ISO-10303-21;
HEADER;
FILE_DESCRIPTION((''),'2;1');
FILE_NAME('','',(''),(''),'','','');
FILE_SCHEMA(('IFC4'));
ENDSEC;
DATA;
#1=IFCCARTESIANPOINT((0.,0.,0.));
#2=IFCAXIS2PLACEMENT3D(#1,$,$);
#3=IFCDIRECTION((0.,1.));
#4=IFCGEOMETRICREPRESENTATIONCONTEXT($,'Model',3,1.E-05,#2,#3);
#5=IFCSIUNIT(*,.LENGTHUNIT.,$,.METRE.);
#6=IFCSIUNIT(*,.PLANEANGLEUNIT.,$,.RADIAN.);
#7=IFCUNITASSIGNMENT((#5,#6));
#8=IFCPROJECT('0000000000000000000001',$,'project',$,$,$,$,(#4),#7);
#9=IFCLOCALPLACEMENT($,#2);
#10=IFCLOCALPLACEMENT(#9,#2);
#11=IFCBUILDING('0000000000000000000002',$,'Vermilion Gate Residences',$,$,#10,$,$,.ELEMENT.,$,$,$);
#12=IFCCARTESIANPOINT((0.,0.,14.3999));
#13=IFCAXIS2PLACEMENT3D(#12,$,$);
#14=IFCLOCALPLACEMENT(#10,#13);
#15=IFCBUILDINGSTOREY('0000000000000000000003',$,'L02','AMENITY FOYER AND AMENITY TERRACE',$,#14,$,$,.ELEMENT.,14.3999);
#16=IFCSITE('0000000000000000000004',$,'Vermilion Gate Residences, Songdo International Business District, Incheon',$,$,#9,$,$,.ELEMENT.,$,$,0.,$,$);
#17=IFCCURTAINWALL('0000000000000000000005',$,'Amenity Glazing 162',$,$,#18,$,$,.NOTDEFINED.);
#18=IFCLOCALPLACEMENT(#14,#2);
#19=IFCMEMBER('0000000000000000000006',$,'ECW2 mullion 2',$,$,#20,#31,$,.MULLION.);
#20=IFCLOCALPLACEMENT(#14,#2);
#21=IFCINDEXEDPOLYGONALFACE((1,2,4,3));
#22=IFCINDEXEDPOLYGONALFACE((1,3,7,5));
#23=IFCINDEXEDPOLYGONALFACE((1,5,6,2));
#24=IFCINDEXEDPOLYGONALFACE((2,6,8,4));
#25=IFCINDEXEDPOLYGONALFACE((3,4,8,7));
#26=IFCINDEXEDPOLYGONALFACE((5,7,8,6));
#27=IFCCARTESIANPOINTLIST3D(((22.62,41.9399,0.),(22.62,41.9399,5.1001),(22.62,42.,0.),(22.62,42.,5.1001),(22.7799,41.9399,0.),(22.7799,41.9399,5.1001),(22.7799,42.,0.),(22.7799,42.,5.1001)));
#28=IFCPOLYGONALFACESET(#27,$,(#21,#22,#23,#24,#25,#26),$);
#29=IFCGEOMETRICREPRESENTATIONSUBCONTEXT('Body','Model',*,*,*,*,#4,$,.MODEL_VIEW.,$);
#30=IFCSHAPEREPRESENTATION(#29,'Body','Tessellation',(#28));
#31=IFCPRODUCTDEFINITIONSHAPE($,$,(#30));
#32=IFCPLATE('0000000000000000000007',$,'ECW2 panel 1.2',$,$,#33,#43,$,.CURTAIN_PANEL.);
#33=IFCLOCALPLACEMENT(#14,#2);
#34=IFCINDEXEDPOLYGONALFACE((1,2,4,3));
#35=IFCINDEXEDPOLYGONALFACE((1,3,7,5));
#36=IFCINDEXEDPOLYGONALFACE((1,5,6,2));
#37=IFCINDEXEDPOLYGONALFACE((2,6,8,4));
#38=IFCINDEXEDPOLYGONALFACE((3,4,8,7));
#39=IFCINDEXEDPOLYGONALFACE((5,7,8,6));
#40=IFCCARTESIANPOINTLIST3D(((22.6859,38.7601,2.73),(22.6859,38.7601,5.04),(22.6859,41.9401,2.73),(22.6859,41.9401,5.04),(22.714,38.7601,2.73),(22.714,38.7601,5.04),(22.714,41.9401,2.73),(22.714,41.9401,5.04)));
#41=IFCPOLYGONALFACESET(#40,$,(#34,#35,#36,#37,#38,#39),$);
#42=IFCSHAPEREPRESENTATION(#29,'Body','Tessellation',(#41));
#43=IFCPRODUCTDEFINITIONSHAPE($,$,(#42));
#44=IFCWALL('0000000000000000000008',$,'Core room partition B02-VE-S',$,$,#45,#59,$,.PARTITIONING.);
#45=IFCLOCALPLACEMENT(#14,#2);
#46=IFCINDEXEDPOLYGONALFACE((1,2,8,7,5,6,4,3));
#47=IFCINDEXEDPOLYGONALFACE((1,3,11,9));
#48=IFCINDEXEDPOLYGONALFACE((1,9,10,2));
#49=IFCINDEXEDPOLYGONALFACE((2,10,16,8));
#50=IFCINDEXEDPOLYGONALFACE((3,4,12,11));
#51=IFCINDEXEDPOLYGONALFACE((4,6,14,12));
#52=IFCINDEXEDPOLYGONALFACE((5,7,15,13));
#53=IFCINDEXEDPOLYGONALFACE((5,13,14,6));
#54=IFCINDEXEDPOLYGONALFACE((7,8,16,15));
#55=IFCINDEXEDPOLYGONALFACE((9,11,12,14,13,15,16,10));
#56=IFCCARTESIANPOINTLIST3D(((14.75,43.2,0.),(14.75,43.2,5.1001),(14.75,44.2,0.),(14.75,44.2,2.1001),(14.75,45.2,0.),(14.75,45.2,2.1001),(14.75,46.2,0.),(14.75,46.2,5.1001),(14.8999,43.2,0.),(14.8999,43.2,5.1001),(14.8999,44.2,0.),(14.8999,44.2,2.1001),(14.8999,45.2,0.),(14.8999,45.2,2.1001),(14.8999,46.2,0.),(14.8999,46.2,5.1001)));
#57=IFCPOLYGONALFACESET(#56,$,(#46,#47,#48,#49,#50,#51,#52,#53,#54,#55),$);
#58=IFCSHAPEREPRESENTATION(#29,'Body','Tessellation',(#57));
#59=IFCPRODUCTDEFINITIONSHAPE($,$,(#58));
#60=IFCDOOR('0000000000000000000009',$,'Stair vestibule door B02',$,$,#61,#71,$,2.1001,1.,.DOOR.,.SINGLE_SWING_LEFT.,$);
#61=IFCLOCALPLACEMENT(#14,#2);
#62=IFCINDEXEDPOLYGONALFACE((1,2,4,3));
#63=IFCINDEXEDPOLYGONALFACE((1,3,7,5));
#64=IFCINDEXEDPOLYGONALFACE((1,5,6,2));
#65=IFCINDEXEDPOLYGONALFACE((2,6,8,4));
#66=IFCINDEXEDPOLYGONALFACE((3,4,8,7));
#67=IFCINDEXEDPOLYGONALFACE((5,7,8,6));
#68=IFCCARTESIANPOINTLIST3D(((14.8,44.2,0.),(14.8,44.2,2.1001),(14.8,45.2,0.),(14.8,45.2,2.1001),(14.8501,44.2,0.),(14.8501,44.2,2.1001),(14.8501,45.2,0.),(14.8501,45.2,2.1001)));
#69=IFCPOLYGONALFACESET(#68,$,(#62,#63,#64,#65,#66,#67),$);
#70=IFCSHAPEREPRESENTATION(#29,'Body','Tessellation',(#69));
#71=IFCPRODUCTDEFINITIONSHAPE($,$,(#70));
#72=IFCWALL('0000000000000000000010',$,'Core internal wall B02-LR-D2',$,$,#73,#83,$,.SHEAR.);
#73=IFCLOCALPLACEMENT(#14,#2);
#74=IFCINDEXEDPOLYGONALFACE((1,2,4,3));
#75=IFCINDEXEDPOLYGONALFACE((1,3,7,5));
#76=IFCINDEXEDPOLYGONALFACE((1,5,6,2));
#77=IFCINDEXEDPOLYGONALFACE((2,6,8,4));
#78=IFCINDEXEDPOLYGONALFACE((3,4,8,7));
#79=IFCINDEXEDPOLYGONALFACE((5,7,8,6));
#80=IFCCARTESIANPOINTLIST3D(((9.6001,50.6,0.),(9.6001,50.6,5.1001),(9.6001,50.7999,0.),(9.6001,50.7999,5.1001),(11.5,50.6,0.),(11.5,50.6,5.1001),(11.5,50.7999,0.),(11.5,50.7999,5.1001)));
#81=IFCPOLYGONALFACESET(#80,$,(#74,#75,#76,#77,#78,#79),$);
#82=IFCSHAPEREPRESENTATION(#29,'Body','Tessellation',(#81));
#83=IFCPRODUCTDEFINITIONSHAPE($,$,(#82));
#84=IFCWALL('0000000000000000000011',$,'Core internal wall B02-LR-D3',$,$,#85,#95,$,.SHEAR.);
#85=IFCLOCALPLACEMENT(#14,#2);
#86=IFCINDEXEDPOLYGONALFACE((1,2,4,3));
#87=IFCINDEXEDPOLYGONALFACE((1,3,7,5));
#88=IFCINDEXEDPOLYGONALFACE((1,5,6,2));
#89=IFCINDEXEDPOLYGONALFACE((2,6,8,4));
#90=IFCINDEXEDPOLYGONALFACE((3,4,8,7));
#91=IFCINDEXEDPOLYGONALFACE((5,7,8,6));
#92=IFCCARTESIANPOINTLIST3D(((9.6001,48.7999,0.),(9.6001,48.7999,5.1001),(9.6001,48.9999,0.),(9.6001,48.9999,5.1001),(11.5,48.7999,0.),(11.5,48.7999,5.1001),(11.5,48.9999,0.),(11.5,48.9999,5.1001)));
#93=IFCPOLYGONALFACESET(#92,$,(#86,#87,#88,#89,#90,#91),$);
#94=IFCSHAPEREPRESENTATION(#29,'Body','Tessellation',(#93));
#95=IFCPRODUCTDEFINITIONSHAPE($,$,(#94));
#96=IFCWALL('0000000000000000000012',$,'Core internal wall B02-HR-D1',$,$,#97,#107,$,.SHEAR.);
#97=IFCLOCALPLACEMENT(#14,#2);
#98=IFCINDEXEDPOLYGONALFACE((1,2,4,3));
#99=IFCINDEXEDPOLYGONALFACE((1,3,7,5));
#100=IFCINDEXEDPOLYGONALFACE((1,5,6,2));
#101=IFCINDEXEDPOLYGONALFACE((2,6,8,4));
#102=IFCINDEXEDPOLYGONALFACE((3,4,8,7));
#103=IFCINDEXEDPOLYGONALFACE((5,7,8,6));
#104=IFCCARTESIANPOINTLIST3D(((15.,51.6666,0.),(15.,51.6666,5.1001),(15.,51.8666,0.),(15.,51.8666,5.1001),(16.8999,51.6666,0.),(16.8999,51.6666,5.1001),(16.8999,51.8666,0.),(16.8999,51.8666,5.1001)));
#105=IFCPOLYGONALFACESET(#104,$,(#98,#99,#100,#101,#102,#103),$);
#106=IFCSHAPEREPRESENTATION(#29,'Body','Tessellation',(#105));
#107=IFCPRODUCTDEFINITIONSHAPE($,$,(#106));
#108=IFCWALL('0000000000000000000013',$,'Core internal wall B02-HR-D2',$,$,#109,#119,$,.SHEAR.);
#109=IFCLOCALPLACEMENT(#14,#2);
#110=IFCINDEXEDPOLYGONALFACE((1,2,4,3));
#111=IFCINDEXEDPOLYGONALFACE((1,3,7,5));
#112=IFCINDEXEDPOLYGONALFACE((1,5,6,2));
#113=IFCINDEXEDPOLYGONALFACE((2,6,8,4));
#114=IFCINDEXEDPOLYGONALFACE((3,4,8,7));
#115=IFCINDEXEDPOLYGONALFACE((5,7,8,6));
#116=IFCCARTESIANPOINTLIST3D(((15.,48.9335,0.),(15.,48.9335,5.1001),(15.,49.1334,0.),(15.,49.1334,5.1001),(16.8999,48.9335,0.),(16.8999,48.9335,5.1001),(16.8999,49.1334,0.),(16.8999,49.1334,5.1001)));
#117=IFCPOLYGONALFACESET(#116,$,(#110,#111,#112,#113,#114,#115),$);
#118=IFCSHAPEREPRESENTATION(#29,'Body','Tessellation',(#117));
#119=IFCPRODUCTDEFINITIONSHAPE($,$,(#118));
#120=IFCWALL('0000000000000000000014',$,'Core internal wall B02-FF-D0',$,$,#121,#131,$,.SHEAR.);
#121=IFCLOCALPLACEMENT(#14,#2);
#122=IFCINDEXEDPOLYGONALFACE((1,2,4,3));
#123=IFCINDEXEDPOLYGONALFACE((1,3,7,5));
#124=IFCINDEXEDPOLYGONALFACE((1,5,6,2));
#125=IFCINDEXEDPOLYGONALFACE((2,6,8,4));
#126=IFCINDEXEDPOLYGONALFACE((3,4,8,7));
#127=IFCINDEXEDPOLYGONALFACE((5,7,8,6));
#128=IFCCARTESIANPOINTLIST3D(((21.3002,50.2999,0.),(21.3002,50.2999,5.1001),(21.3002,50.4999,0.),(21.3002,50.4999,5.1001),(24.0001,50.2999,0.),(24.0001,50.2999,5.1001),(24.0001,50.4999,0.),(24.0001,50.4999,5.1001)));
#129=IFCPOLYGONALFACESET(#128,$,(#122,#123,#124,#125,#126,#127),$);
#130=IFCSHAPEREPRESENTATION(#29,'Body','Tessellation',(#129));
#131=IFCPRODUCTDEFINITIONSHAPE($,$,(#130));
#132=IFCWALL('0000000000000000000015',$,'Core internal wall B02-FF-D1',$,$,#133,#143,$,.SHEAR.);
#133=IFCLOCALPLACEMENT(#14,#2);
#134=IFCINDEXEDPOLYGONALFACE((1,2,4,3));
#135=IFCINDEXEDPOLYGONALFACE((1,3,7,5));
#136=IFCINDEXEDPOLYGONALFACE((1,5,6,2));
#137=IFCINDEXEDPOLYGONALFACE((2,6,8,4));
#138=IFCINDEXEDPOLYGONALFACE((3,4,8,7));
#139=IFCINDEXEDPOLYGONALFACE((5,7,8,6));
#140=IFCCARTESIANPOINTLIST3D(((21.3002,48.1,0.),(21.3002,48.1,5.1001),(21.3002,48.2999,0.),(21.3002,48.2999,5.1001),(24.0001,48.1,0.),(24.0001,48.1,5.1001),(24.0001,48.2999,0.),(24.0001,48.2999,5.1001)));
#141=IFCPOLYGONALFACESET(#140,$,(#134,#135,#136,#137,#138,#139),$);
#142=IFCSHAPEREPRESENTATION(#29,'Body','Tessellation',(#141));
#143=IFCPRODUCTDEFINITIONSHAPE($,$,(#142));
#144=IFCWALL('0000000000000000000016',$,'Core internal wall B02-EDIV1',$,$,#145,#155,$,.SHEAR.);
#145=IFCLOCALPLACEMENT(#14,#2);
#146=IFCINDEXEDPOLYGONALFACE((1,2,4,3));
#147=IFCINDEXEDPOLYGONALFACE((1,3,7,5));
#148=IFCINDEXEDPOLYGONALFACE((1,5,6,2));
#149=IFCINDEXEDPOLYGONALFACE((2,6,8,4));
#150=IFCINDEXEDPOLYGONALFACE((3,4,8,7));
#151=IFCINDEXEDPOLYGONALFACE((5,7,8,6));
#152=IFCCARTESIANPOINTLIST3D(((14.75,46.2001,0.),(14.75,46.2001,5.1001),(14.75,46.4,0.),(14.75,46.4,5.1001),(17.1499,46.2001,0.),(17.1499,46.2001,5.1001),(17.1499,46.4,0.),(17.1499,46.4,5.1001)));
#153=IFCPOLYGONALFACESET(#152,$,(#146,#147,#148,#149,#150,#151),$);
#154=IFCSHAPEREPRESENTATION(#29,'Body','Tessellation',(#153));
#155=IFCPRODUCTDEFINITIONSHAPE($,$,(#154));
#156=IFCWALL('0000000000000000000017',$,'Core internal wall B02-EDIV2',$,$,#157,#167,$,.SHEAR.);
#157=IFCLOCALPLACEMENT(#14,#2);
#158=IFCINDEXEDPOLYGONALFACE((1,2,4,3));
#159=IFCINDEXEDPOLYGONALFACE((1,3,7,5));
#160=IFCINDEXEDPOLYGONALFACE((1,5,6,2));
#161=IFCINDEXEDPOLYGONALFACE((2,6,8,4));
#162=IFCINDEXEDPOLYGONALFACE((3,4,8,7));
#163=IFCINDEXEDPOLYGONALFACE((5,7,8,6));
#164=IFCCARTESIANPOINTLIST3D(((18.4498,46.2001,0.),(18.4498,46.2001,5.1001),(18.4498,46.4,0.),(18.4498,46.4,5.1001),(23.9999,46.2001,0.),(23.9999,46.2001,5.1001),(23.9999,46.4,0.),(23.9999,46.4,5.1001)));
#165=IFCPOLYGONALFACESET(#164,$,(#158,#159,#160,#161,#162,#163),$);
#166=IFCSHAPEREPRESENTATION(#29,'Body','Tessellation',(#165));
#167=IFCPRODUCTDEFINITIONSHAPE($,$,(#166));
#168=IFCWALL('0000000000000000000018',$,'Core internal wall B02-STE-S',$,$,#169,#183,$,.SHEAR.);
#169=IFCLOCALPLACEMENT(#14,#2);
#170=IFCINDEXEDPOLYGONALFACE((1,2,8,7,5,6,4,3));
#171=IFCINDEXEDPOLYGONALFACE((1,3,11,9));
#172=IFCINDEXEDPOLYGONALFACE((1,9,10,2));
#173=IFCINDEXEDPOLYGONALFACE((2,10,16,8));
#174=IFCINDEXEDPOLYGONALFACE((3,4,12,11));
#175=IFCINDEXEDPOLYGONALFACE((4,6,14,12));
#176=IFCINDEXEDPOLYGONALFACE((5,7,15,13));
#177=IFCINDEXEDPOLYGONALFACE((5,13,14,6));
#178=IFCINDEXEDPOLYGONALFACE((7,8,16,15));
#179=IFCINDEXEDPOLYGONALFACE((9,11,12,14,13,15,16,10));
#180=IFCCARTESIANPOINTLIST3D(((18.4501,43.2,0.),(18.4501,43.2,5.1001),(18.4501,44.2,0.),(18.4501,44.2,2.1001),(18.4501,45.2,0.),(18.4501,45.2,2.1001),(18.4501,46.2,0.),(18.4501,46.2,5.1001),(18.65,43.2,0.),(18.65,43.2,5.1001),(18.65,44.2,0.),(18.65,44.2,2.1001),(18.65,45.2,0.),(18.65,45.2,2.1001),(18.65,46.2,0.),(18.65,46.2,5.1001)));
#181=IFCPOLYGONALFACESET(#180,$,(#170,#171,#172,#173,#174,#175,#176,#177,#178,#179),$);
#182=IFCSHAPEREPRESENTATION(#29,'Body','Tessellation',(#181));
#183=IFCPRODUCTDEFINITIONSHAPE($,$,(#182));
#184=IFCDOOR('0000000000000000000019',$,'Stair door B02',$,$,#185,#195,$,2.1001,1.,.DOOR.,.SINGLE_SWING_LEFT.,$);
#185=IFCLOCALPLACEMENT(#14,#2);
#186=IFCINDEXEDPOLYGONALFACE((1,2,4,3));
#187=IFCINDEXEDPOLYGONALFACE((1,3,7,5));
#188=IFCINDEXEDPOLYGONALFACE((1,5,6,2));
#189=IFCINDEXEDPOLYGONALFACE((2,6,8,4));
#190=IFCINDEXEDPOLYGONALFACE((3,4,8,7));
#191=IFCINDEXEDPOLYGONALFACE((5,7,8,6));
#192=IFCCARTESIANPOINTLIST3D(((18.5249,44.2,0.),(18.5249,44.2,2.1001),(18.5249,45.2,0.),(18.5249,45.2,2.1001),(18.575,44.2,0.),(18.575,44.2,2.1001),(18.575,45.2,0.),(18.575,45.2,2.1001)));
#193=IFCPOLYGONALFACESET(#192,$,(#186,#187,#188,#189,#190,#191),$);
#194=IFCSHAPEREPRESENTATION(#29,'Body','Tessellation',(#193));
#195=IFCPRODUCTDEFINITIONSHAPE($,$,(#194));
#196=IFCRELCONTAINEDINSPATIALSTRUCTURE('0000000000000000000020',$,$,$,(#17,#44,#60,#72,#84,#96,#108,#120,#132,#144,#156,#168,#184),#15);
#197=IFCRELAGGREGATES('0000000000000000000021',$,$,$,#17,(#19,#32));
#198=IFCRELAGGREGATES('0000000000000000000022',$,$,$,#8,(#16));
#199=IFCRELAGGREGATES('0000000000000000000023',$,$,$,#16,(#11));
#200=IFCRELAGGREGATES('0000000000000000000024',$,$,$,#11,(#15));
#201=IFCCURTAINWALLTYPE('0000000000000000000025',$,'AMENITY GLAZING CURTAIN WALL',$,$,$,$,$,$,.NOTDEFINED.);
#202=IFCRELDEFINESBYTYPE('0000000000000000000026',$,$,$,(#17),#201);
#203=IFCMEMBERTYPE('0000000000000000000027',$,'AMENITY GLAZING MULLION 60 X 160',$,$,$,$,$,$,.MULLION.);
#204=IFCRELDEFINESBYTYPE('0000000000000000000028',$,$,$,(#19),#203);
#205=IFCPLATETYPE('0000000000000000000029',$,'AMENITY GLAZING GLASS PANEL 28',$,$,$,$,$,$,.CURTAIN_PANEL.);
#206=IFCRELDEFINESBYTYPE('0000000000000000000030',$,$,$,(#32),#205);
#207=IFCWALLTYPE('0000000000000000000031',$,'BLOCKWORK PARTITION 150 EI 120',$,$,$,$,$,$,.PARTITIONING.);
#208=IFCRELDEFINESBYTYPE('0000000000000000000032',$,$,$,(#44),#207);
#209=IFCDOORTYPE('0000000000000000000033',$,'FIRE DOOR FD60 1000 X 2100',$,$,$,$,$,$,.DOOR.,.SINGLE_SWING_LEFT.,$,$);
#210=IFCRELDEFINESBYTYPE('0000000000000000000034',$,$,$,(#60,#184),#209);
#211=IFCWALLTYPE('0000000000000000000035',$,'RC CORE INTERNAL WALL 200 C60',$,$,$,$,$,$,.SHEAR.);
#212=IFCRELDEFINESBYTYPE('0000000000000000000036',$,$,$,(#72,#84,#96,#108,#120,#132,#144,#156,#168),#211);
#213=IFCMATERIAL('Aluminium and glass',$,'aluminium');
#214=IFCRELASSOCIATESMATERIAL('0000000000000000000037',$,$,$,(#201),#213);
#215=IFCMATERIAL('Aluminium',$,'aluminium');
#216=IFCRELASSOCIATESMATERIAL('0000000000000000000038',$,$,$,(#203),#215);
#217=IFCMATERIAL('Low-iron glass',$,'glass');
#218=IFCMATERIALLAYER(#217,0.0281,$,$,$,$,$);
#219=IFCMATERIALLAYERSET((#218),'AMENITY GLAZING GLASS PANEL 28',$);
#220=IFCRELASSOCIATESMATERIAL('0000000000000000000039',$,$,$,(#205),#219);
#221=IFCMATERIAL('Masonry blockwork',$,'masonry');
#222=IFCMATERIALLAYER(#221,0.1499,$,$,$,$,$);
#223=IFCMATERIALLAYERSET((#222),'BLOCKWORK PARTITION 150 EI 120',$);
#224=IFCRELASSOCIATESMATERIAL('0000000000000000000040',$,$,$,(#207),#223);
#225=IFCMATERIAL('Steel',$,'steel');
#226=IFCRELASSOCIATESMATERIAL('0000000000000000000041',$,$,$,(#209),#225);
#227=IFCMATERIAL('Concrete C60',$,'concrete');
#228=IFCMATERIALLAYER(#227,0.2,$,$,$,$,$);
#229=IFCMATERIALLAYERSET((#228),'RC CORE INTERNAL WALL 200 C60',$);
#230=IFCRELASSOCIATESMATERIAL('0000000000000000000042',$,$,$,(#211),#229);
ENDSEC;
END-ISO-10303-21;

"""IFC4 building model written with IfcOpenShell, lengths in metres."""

from ifc_helpers import new_model, si_unit, direction, frame, frame_2d, origin, origin_2d, place, context, subcontext, project, spatial, rectangle, extrude, material, layer, layer_set, material_profile, profile_set, type_object, element, fill, aggregate, save


model = new_model("IFC4")

# Units and contexts
model_context = context("Model", 3, precision=1e-05, world=origin(), true_north=direction((0.0, 1.0)))
body_context = subcontext(model_context, "Body", "Model", "MODEL_VIEW")
ifc_project = project(units=[si_unit("LENGTHUNIT", "METRE"), si_unit("PLANEANGLEUNIT", "RADIAN")], contexts=[model_context])

# Site, building, storey
site_placement = place(None, origin())
site = spatial("IfcSite", under=ifc_project, at=site_placement, Name="Vermilion Gate Residences, Songdo International Business District, Incheon", CompositionType="ELEMENT", RefElevation=0.0)
building_placement = place(site_placement, origin())
building = spatial("IfcBuilding", under=site, at=building_placement, Name="Vermilion Gate Residences", CompositionType="ELEMENT")
storey_placement = place(building_placement, frame((0.0, 0.0, 14.3999)))
storey = spatial("IfcBuildingStorey", under=building, at=storey_placement, Name="L02", Description="AMENITY FOYER AND AMENITY TERRACE", CompositionType="ELEMENT", Elevation=14.3999)

# Curtain wall, member, plate
ifc_material_1 = material(Name="Aluminium and glass", Category="aluminium")
curtain_wall_type = type_object("IfcCurtainWallType", Name="AMENITY GLAZING CURTAIN WALL", PredefinedType="NOTDEFINED", material=ifc_material_1)
curtain_wall_placement = place(storey_placement, origin())
curtain_wall = element("IfcCurtainWall", 1, at=curtain_wall_placement, inside=storey, type_object=curtain_wall_type, Name="Amenity Glazing 162", PredefinedType="NOTDEFINED")
ifc_material_2 = material(Name="Aluminium", Category="aluminium")
ifc_material_profile = material_profile(ifc_material_2, rectangle(XDim=0.1599, YDim=0.0601, at=origin_2d()), Name="MULLION 60 X 160")
ifc_profile_set = profile_set([ifc_material_profile], Name="Aluminium")
member_type = type_object("IfcMemberType", Name="AMENITY GLAZING MULLION 60 X 160", PredefinedType="MULLION", material=ifc_profile_set)
member_placement = place(storey_placement, frame((22.7, 41.97, 0.0), z_axis=(0.0, 0.0, 1.0), x_axis=(-1.0, 0.0, 0.0)))
member = element("IfcMember", 2, at=member_placement, type_object=member_type, Name="ECW2 mullion 2", PredefinedType="MULLION", context=body_context, shape_type="SweptSolid", body=[
    extrude(rectangle(XDim=0.1599, YDim=0.0601, at=origin_2d()), origin(), (0.0, 0.0, 1.0), 5.1001),
])
ifc_material_3 = material(Name="Low-iron glass", Category="glass")
ifc_layer_1 = layer(ifc_material_3, 0.0281)
ifc_layer_set_1 = layer_set([ifc_layer_1], Name="AMENITY GLAZING GLASS PANEL 28")
plate_type = type_object("IfcPlateType", Name="AMENITY GLAZING GLASS PANEL 28", PredefinedType="CURTAIN_PANEL", material=ifc_layer_set_1)
plate_placement = place(storey_placement, frame((22.7, 40.3501, 2.73), z_axis=(0.0, 0.0, 1.0), x_axis=(0.0, 1.0, 0.0)))
plate = element("IfcPlate", 3, at=plate_placement, type_object=plate_type, Name="ECW2 panel 1.2", PredefinedType="CURTAIN_PANEL", context=body_context, shape_type="SweptSolid", body=[
    extrude(rectangle(XDim=3.1799, YDim=0.0281, at=origin_2d()), origin(), (0.0, 0.0, 1.0), 2.3101),
])
aggregate(curtain_wall, [member, plate])

# Wall, opening, door
ifc_material_4 = material(Name="Masonry blockwork", Category="masonry")
ifc_layer_2 = layer(ifc_material_4, 0.1499)
ifc_layer_set_2 = layer_set([ifc_layer_2], Name="BLOCKWORK PARTITION 150 EI 120")
wall_type_1 = type_object("IfcWallType", Name="BLOCKWORK PARTITION 150 EI 120", PredefinedType="PARTITIONING", material=ifc_layer_set_2)
wall_1_placement = place(storey_placement, frame((14.825, 46.2, 0.0), z_axis=(0.0, 0.0, 1.0), x_axis=(0.0, -1.0, 0.0)))
wall_1 = element("IfcWall", 4, at=wall_1_placement, inside=storey, type_object=wall_type_1, Name="Core room partition B02-VE-S", PredefinedType="PARTITIONING", context=body_context, shape_type="SweptSolid", body=[
    extrude(rectangle(XDim=3.0, YDim=0.1499, at=frame_2d((1.5, 0.0))), origin(), (0.0, 0.0, 1.0), 5.1001),
])
opening_1_placement = place(wall_1_placement, frame((1.0, 0.0, 0.0)))
opening_1 = element("IfcOpeningElement", 5, at=opening_1_placement, cuts=wall_1, PredefinedType="OPENING", context=body_context, shape_type="SweptSolid", body=[
    extrude(rectangle(XDim=1.0, YDim=2.1001, at=frame_2d((0.5, 1.05))), frame((0.0, 0.085, 0.0), z_axis=(0.0, -1.0, 0.0), x_axis=(1.0, 0.0, 0.0)), (0.0, 0.0, 1.0), 0.1699),
])
ifc_material_5 = material(Name="Steel", Category="steel")
door_type = type_object("IfcDoorType", Name="FIRE DOOR FD60 1000 X 2100", OperationType="SINGLE_SWING_LEFT", PredefinedType="DOOR", material=ifc_material_5)
door_1_placement = place(opening_1_placement, frame((1.0, 0.0, 0.0), z_axis=(0.0, 0.0, 1.0), x_axis=(-1.0, 0.0, 0.0)))
door_1 = element("IfcDoor", 6, at=door_1_placement, inside=storey, type_object=door_type, Name="Stair vestibule door B02", OperationType="SINGLE_SWING_LEFT", OverallHeight=2.1001, OverallWidth=1.0, PredefinedType="DOOR", context=body_context, shape_type="SweptSolid", body=[
    extrude(rectangle(XDim=1.0, YDim=2.1001, at=frame_2d((0.5, 1.05))), frame((0.0, 0.0249, 0.0), z_axis=(0.0, -1.0, 0.0), x_axis=(1.0, 0.0, 0.0)), (0.0, 0.0, 1.0), 0.05),
])
fill(opening_1, door_1)

# Walls
ifc_material_6 = material(Name="Concrete C60", Category="concrete")
ifc_layer_3 = layer(ifc_material_6, 0.2)
ifc_layer_set_3 = layer_set([ifc_layer_3], Name="RC CORE INTERNAL WALL 200 C60")
wall_type_2 = type_object("IfcWallType", Name="RC CORE INTERNAL WALL 200 C60", PredefinedType="SHEAR", material=ifc_layer_set_3)
for number, where, z_axis, x_axis, name in (
    (7, (9.6001, 50.7, 0.0), (0.0, 0.0, 1.0), (1.0, 0.0, 0.0), "Core internal wall B02-LR-D2"),
    (8, (9.6001, 48.8999, 0.0), (0.0, 0.0, 1.0), (1.0, 0.0, 0.0), "Core internal wall B02-LR-D3"),
    (9, (15.0, 51.7666, 0.0), (0.0, 0.0, 1.0), (1.0, 0.0, 0.0), "Core internal wall B02-HR-D1"),
    (10, (15.0, 49.0334, 0.0), (0.0, 0.0, 1.0), (1.0, 0.0, 0.0), "Core internal wall B02-HR-D2"),
):
    element("IfcWall", number, at=place(storey_placement, frame(where, z_axis=z_axis, x_axis=x_axis)), inside=storey, type_object=wall_type_2, Name=name, PredefinedType="SHEAR", context=body_context, shape_type="SweptSolid", body=[
        extrude(rectangle(XDim=1.8999, YDim=0.2, at=frame_2d((0.95, 0.0))), origin(), (0.0, 0.0, 1.0), 5.1001),
    ])
for number, where, z_axis, x_axis, name in (
    (11, (21.3, 50.3999, 0.0), (0.0, 0.0, 1.0), (1.0, 0.0, 0.0), "Core internal wall B02-FF-D0"),
    (12, (21.3, 48.2, 0.0), (0.0, 0.0, 1.0), (1.0, 0.0, 0.0), "Core internal wall B02-FF-D1"),
):
    element("IfcWall", number, at=place(storey_placement, frame(where, z_axis=z_axis, x_axis=x_axis)), inside=storey, type_object=wall_type_2, Name=name, PredefinedType="SHEAR", context=body_context, shape_type="SweptSolid", body=[
        extrude(rectangle(XDim=2.7, YDim=0.2, at=frame_2d((1.3501, 0.0))), origin(), (0.0, 0.0, 1.0), 5.1001),
    ])
wall_2_placement = place(storey_placement, frame((14.75, 46.3, 0.0), z_axis=(0.0, 0.0, 1.0), x_axis=(1.0, 0.0, 0.0)))
element("IfcWall", 13, at=wall_2_placement, inside=storey, type_object=wall_type_2, Name="Core internal wall B02-EDIV1", PredefinedType="SHEAR", context=body_context, shape_type="SweptSolid", body=[
    extrude(rectangle(XDim=2.3999, YDim=0.2, at=frame_2d((1.2, 0.0))), origin(), (0.0, 0.0, 1.0), 5.1001),
])
wall_3_placement = place(storey_placement, frame((18.45, 46.3, 0.0), z_axis=(0.0, 0.0, 1.0), x_axis=(1.0, 0.0, 0.0)))
element("IfcWall", 14, at=wall_3_placement, inside=storey, type_object=wall_type_2, Name="Core internal wall B02-EDIV2", PredefinedType="SHEAR", context=body_context, shape_type="SweptSolid", body=[
    extrude(rectangle(XDim=5.55, YDim=0.2, at=frame_2d((2.7749, 0.0))), origin(), (0.0, 0.0, 1.0), 5.1001),
])

# Wall, opening, door
wall_4_placement = place(storey_placement, frame((18.55, 46.2, 0.0), z_axis=(0.0, 0.0, 1.0), x_axis=(0.0, -1.0, 0.0)))
wall_4 = element("IfcWall", 15, at=wall_4_placement, inside=storey, type_object=wall_type_2, Name="Core internal wall B02-STE-S", PredefinedType="SHEAR", context=body_context, shape_type="SweptSolid", body=[
    extrude(rectangle(XDim=3.0, YDim=0.2, at=frame_2d((1.5, 0.0))), origin(), (0.0, 0.0, 1.0), 5.1001),
])
opening_2_placement = place(wall_4_placement, frame((1.0, 0.0, 0.0)))
opening_2 = element("IfcOpeningElement", 16, at=opening_2_placement, cuts=wall_4, PredefinedType="OPENING", context=body_context, shape_type="SweptSolid", body=[
    extrude(rectangle(XDim=1.0, YDim=2.1001, at=frame_2d((0.5, 1.05))), frame((0.0, 0.1099, 0.0), z_axis=(0.0, -1.0, 0.0), x_axis=(1.0, 0.0, 0.0)), (0.0, 0.0, 1.0), 0.22),
])
door_2_placement = place(opening_2_placement, origin())
door_2 = element("IfcDoor", 17, at=door_2_placement, inside=storey, type_object=door_type, Name="Stair door B02", OperationType="SINGLE_SWING_LEFT", OverallHeight=2.1001, OverallWidth=1.0, PredefinedType="DOOR", context=body_context, shape_type="SweptSolid", body=[
    extrude(rectangle(XDim=1.0, YDim=2.1001, at=frame_2d((0.5, 1.05))), frame((0.0, 0.0249, 0.0), z_axis=(0.0, -1.0, 0.0), x_axis=(1.0, 0.0, 0.0)), (0.0, 0.0, 1.0), 0.05),
])
fill(opening_2, door_2)

save(model, "model.ifc")
